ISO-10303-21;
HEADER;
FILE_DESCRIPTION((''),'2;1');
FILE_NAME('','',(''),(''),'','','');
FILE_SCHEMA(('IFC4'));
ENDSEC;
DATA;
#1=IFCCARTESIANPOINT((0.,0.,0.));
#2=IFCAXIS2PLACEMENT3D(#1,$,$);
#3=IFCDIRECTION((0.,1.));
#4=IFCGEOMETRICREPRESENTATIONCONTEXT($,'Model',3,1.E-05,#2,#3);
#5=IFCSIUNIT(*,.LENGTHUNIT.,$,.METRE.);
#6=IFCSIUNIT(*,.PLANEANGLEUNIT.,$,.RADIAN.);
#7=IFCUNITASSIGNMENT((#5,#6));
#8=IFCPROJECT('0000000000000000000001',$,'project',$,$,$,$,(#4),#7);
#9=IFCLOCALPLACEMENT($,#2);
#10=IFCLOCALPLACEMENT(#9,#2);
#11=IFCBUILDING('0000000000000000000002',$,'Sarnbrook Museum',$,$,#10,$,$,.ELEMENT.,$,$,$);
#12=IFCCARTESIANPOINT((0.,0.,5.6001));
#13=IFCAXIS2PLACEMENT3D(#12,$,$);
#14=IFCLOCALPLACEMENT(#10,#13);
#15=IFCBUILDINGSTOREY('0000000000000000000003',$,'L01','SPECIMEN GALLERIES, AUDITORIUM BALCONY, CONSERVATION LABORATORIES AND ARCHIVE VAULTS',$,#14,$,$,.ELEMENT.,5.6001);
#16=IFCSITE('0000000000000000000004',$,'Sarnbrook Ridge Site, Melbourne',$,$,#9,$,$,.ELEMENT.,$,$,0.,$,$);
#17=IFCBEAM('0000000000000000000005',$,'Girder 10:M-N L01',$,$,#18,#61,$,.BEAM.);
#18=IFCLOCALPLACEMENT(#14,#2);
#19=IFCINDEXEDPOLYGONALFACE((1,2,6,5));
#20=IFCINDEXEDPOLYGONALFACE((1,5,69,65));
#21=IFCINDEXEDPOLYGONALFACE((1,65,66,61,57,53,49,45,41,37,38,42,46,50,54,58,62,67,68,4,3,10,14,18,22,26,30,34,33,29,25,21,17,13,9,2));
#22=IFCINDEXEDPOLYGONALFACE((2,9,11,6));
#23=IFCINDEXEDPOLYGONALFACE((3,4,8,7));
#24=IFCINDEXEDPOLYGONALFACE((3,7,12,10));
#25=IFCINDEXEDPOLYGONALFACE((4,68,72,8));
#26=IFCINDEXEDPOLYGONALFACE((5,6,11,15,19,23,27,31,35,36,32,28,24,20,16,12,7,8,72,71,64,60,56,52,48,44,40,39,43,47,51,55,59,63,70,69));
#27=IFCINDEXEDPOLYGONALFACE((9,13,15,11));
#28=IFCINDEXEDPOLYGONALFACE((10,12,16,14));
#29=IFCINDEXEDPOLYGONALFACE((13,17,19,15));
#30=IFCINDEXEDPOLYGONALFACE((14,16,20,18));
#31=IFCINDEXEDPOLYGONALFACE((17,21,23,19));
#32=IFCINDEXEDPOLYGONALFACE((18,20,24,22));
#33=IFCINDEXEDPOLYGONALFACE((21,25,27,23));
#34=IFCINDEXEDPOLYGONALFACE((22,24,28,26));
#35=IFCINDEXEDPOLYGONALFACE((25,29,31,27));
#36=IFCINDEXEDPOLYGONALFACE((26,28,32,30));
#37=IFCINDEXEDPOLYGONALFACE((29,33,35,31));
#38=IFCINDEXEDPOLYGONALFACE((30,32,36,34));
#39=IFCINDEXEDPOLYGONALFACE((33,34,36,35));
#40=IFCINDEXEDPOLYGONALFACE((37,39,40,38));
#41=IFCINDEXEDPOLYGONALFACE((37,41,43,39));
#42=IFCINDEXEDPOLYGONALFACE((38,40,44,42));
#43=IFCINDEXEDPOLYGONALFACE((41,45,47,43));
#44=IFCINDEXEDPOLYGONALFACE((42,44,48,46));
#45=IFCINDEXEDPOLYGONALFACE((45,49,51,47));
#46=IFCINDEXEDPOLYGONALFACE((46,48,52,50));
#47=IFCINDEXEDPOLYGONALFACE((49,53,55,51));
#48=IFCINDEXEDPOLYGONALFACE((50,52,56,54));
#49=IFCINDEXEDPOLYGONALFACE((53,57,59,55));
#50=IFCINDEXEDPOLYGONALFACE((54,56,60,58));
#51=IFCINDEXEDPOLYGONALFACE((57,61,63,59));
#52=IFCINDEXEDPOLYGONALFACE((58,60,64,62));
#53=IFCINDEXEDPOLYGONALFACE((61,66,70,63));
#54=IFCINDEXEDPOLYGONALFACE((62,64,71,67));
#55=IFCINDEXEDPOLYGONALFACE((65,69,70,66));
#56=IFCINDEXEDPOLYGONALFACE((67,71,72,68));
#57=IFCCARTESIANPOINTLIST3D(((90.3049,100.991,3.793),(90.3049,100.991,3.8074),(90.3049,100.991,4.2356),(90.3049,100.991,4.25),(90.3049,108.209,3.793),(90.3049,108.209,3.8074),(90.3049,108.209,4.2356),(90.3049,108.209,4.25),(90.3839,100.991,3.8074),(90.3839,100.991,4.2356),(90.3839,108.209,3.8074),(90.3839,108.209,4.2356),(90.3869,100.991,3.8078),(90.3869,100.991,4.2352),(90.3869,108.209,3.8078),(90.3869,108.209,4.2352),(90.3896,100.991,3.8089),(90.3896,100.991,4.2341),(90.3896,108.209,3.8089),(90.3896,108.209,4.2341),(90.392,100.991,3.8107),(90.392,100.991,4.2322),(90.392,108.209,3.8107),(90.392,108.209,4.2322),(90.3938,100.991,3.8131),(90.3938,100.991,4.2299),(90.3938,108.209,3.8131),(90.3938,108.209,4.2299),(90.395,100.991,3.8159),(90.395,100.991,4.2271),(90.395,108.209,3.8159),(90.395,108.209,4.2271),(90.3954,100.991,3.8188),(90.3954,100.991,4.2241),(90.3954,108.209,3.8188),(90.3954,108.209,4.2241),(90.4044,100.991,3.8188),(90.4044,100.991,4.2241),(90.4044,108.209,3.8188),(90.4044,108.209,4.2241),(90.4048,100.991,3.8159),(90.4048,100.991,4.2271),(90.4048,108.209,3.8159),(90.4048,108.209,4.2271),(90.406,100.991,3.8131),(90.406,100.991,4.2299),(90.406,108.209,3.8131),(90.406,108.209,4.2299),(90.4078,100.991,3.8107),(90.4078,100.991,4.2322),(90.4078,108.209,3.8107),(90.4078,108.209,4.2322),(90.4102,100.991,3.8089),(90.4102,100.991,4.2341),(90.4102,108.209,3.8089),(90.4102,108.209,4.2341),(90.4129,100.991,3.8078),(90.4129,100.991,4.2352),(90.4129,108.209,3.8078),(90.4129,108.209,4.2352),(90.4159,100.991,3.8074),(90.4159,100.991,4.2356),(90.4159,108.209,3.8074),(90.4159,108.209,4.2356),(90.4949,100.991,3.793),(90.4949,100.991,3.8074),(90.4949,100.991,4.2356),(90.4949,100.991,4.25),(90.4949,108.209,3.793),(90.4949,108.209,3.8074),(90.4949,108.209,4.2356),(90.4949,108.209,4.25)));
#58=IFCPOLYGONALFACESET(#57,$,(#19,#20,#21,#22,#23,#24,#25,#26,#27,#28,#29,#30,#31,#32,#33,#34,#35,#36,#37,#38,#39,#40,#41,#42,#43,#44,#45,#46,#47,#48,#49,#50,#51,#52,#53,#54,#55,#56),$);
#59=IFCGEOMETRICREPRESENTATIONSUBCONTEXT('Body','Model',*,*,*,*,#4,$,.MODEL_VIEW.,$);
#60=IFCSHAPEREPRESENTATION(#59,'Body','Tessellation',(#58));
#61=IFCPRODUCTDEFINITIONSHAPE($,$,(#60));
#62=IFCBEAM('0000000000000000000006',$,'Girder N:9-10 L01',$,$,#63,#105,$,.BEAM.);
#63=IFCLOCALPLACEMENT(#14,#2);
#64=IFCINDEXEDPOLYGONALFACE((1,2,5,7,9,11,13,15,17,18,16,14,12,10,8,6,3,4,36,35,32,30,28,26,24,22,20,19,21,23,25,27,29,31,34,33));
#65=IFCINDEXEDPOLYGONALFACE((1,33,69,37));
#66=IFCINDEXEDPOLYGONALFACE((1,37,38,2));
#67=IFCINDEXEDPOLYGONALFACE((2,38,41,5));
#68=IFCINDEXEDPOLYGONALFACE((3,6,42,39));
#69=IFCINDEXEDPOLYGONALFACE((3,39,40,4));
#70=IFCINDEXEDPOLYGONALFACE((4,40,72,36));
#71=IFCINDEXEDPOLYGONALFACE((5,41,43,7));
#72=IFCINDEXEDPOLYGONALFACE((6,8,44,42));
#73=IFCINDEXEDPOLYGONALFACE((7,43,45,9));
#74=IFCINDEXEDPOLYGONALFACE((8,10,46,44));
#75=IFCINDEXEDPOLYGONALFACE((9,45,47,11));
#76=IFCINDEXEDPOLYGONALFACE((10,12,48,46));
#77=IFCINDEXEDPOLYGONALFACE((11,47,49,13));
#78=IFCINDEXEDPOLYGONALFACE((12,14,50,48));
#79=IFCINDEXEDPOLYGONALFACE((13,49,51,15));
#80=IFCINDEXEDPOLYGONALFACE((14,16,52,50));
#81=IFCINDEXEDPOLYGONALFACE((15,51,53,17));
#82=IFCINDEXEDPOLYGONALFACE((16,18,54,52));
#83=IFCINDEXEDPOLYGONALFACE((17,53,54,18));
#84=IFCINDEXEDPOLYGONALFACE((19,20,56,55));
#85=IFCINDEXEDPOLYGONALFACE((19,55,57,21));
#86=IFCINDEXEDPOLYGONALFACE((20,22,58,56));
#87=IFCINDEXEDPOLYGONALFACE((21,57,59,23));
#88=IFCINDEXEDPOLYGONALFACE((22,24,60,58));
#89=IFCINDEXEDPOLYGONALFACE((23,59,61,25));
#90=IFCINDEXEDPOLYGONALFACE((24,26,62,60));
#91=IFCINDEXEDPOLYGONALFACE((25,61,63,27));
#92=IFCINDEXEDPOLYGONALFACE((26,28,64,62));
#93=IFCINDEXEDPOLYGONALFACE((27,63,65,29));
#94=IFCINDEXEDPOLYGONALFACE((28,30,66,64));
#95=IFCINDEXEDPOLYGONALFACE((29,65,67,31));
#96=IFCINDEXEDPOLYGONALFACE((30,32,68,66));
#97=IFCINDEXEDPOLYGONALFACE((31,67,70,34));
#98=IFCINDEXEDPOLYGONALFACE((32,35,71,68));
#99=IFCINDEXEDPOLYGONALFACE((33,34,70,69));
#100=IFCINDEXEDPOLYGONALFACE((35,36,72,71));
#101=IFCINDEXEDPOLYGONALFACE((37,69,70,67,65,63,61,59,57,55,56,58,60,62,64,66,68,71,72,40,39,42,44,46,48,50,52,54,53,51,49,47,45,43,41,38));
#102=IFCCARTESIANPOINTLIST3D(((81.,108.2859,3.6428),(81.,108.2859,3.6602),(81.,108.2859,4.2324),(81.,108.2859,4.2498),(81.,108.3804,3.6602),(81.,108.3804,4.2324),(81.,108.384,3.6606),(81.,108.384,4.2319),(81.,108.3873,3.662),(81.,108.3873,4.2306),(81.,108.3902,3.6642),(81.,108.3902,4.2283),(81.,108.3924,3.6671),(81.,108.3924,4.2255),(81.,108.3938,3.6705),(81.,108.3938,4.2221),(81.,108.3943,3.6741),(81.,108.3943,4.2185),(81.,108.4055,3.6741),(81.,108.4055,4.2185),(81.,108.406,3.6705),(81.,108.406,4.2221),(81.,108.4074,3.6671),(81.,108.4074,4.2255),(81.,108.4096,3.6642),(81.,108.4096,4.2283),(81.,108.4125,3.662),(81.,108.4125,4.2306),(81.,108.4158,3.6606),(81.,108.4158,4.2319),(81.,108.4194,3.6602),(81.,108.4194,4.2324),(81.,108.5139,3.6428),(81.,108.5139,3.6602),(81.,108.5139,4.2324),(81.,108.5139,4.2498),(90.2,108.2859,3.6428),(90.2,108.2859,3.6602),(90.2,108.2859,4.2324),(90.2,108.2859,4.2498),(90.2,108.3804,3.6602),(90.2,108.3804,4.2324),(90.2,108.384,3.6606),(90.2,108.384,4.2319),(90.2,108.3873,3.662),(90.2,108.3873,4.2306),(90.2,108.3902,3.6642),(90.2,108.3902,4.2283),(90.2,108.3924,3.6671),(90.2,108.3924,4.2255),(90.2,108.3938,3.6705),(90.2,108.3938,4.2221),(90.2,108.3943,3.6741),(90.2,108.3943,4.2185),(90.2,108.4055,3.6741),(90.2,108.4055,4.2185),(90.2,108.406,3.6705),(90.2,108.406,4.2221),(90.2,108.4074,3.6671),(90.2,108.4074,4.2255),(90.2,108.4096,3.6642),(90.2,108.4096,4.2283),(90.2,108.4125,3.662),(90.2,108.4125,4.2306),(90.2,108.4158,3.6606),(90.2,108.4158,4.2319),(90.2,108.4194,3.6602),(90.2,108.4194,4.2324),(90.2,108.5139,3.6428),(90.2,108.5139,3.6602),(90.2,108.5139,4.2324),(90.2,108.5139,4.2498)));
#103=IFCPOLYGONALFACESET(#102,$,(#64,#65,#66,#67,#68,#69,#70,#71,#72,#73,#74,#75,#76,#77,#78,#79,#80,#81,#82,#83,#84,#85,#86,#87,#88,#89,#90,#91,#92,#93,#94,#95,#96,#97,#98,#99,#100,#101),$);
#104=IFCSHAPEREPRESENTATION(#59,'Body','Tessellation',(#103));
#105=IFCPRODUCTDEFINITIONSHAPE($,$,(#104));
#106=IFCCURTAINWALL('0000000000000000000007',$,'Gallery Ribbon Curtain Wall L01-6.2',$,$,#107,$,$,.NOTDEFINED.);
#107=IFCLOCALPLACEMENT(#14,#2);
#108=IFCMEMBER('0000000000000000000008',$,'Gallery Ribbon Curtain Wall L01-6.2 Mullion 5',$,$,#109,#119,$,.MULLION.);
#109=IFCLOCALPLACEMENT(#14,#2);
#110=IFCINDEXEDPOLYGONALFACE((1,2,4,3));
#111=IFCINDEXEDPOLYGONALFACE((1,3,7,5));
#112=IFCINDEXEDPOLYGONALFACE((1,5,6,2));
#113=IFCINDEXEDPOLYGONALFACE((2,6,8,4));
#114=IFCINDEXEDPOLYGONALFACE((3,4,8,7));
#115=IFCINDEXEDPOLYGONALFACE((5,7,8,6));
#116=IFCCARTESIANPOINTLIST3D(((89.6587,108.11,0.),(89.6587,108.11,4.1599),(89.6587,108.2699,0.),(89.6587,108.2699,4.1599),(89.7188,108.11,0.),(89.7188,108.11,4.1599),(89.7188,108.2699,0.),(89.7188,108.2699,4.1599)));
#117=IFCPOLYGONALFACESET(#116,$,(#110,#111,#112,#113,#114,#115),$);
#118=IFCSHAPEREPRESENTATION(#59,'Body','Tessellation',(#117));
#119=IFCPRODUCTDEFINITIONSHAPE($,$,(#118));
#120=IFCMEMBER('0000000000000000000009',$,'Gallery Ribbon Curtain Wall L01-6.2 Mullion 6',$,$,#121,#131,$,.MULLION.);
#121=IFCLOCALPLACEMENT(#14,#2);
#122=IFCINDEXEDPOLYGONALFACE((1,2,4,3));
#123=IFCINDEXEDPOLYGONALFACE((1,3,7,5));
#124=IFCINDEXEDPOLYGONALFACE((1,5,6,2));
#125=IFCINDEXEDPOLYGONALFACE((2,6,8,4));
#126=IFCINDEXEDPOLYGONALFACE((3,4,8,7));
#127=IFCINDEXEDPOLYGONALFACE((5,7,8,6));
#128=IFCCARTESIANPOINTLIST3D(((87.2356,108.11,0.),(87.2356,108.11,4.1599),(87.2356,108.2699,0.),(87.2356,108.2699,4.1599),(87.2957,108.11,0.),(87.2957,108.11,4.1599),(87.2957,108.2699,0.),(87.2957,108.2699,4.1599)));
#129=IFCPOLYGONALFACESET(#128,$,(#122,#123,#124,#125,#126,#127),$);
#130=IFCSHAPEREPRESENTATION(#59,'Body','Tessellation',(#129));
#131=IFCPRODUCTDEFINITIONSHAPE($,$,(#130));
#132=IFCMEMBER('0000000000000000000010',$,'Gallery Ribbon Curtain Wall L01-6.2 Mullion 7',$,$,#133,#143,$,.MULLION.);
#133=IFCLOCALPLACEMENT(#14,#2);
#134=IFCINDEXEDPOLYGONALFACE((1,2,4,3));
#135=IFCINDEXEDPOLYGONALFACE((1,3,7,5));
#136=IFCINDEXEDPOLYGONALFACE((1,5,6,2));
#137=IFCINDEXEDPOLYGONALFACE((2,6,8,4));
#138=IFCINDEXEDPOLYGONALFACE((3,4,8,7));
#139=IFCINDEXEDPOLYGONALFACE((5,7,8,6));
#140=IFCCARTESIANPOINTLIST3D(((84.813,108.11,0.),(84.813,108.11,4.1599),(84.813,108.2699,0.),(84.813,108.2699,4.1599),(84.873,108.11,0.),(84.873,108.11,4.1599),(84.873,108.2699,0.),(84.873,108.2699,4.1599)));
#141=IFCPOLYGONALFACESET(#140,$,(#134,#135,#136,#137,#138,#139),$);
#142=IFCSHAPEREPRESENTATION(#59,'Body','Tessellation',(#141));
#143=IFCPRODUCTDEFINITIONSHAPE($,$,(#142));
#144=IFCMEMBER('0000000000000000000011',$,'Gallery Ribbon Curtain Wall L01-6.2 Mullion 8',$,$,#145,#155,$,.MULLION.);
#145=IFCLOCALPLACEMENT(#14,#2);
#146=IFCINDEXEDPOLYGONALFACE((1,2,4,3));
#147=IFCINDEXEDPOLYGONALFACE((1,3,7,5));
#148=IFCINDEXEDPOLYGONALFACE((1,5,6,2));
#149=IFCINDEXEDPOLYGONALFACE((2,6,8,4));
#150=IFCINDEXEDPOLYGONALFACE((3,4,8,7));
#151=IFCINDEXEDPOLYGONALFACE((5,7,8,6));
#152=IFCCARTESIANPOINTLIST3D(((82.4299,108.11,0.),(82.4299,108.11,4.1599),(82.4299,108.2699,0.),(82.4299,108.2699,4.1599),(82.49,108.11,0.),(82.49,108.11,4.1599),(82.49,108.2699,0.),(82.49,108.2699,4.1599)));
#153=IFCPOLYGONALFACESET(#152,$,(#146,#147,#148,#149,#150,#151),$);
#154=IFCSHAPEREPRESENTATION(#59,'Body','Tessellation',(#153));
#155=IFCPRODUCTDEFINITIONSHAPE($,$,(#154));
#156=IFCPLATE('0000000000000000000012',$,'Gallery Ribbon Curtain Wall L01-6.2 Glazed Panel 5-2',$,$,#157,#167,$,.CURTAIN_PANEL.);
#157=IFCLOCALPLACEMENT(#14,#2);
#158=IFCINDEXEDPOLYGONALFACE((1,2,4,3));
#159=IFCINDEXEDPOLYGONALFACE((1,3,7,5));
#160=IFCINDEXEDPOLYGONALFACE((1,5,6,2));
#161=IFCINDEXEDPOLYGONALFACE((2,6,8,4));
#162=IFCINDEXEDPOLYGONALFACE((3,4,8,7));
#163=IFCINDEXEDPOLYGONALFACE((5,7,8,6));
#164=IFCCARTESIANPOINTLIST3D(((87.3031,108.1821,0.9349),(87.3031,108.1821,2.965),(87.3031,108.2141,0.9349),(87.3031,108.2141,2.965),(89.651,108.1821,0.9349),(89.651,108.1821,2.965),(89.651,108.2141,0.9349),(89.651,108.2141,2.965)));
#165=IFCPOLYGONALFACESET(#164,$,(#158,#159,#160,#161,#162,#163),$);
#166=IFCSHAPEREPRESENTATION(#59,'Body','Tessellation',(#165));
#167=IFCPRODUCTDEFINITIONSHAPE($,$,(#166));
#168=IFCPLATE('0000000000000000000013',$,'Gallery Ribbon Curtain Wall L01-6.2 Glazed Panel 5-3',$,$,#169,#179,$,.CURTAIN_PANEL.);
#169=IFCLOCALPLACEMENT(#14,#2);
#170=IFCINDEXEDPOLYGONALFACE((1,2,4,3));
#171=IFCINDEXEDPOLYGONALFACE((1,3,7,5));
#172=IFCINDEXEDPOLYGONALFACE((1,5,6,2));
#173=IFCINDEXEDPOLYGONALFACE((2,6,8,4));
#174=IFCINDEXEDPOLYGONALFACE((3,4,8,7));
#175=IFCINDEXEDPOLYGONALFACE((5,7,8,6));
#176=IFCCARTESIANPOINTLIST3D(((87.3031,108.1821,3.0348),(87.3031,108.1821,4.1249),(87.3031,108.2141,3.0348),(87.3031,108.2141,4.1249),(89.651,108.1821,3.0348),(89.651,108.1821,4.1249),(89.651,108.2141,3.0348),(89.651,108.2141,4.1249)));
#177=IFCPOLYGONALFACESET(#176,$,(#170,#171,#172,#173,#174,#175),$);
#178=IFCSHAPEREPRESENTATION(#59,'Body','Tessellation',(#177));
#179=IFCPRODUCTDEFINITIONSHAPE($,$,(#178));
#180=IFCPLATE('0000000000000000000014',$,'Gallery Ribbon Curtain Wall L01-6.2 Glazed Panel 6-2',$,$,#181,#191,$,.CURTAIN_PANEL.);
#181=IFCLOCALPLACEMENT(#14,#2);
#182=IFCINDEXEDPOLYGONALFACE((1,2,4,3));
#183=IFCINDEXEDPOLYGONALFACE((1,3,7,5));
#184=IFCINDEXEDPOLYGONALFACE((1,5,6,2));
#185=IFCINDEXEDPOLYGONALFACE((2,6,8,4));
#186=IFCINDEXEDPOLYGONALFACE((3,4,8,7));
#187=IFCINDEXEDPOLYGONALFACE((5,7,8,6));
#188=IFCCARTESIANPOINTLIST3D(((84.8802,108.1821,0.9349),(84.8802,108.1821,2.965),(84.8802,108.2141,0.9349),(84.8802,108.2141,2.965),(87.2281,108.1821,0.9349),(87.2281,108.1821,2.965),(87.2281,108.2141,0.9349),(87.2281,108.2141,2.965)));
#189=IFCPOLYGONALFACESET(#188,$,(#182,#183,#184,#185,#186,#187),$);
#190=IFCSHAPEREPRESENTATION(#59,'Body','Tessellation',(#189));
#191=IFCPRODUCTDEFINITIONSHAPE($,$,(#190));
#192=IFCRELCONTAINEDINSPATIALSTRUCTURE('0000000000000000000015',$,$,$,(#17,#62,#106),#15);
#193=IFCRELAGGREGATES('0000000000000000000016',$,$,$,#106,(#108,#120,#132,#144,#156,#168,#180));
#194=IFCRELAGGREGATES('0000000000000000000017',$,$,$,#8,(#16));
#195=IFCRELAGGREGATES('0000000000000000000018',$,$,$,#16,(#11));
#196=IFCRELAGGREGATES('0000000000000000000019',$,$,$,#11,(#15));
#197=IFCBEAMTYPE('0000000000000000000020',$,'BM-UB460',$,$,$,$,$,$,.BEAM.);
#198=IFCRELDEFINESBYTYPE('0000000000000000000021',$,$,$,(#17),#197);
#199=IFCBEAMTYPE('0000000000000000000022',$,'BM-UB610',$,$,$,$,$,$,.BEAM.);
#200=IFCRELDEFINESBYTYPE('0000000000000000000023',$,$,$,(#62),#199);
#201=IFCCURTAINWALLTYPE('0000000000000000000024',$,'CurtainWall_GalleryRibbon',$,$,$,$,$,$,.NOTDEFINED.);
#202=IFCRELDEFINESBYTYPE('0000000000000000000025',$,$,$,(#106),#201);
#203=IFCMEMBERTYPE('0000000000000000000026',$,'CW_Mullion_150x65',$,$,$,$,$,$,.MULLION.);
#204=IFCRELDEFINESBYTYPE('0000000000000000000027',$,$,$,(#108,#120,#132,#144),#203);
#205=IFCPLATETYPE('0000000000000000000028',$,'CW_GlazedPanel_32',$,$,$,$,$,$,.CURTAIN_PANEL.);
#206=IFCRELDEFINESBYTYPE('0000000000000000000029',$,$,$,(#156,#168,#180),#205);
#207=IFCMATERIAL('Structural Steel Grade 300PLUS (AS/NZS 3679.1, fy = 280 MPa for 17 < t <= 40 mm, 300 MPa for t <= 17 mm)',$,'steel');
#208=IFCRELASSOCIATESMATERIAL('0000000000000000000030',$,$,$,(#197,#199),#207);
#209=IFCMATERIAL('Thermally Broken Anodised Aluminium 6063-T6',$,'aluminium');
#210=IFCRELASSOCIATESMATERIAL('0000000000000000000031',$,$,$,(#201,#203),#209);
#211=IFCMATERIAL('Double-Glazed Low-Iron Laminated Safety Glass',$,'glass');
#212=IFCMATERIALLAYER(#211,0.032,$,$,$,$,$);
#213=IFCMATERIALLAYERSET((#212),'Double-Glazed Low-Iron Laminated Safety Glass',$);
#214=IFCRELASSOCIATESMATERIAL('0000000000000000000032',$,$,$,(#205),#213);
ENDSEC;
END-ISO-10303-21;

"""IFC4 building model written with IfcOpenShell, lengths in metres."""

from ifc_helpers import new_model, si_unit, direction, frame, origin, origin_2d, place, context, subcontext, project, spatial, rectangle, i_section, extrude, material, layer, layer_set, material_profile, profile_set, type_object, element, aggregate, save


model = new_model("IFC4")

# Units and contexts
model_context = context("Model", 3, precision=1e-05, world=origin(), true_north=direction((0.0, 1.0)))
body_context = subcontext(model_context, "Body", "Model", "MODEL_VIEW")
ifc_project = project(units=[si_unit("LENGTHUNIT", "METRE"), si_unit("PLANEANGLEUNIT", "RADIAN")], contexts=[model_context])

# Site, building, storey
site_placement = place(None, origin())
site = spatial("IfcSite", under=ifc_project, at=site_placement, Name="Sarnbrook Ridge Site, Melbourne", CompositionType="ELEMENT", RefElevation=0.0)
building_placement = place(site_placement, origin())
building = spatial("IfcBuilding", under=site, at=building_placement, Name="Sarnbrook Museum", CompositionType="ELEMENT")
storey_placement = place(building_placement, frame((0.0, 0.0, 5.6001)))
storey = spatial("IfcBuildingStorey", under=building, at=storey_placement, Name="L01", Description="SPECIMEN GALLERIES, AUDITORIUM BALCONY, CONSERVATION LABORATORIES AND ARCHIVE VAULTS", CompositionType="ELEMENT", Elevation=5.6001)

# Shared definitions
ifc_material_1 = material(Name="Structural Steel Grade 300PLUS (AS/NZS 3679.1, fy = 280 MPa for 17 < t <= 40 mm, 300 MPa for t <= 17 mm)", Category="steel")

# Beams
ifc_material_profile_1 = material_profile(ifc_material_1, i_section(OverallWidth=0.1899, OverallDepth=0.457, WebThickness=0.009, FlangeThickness=0.0144, FilletRadius=0.0115, at=origin_2d()), Name="460UB74.6")
ifc_profile_set_1 = profile_set([ifc_material_profile_1], Name="Structural Steel Grade 300PLUS (AS/NZS 3679.1, fy = 280 MPa for 17 < t <= 40 mm, 300 MPa for t <= 17 mm)")
beam_type_1 = type_object("IfcBeamType", Name="BM-UB460", PredefinedType="BEAM", material=ifc_profile_set_1)
beam_1_placement = place(storey_placement, frame((90.3999, 100.991, 4.0215), z_axis=(0.0, 1.0, 0.0), x_axis=(-1.0, 0.0, 0.0)))
element("IfcBeam", 1, at=beam_1_placement, inside=storey, type_object=beam_type_1, Name="Girder 10:M-N L01", PredefinedType="BEAM", context=body_context, shape_type="SweptSolid", body=[
    extrude(i_section(OverallWidth=0.1899, OverallDepth=0.457, WebThickness=0.009, FlangeThickness=0.0144, FilletRadius=0.0115, at=origin_2d()), origin(), (0.0, 0.0, 1.0), 7.218),
])
ifc_material_profile_2 = material_profile(ifc_material_1, i_section(OverallWidth=0.228, OverallDepth=0.6069, WebThickness=0.0112, FlangeThickness=0.0173, FilletRadius=0.0139, at=origin_2d()), Name="610UB113")
ifc_profile_set_2 = profile_set([ifc_material_profile_2], Name="Structural Steel Grade 300PLUS (AS/NZS 3679.1, fy = 280 MPa for 17 < t <= 40 mm, 300 MPa for t <= 17 mm)")
beam_type_2 = type_object("IfcBeamType", Name="BM-UB610", PredefinedType="BEAM", material=ifc_profile_set_2)
beam_2_placement = place(storey_placement, frame((81.0, 108.3999, 3.9463), z_axis=(1.0, 0.0, 0.0), x_axis=(0.0, 1.0, 0.0)))
element("IfcBeam", 2, at=beam_2_placement, inside=storey, type_object=beam_type_2, Name="Girder N:9-10 L01", PredefinedType="BEAM", context=body_context, shape_type="SweptSolid", body=[
    extrude(i_section(OverallWidth=0.228, OverallDepth=0.6069, WebThickness=0.0112, FlangeThickness=0.0173, FilletRadius=0.0139, at=origin_2d()), origin(), (0.0, 0.0, 1.0), 9.2),
])

# Curtain wall, members, plates
ifc_material_2 = material(Name="Thermally Broken Anodised Aluminium 6063-T6", Category="aluminium")
curtain_wall_type = type_object("IfcCurtainWallType", Name="CurtainWall_GalleryRibbon", PredefinedType="NOTDEFINED", material=ifc_material_2)
curtain_wall_placement = place(storey_placement, origin())
curtain_wall = element("IfcCurtainWall", 3, at=curtain_wall_placement, inside=storey, type_object=curtain_wall_type, Name="Gallery Ribbon Curtain Wall L01-6.2", PredefinedType="NOTDEFINED")
ifc_material_profile_3 = material_profile(ifc_material_2, rectangle(XDim=0.0601, YDim=0.1599, at=origin_2d()), Name="ALU MULLION 60x160")
ifc_profile_set_3 = profile_set([ifc_material_profile_3], Name="Thermally Broken Anodised Aluminium 6063-T6")
member_type = type_object("IfcMemberType", Name="CW_Mullion_150x65", PredefinedType="MULLION", material=ifc_profile_set_3)
member_1_placement = place(storey_placement, frame((89.6887, 108.1899, 0.0), z_axis=(0.0, 0.0, 1.0), x_axis=(1.0, 0.0, 0.0)))
member_1 = element("IfcMember", 4, at=member_1_placement, type_object=member_type, Name="Gallery Ribbon Curtain Wall L01-6.2 Mullion 5", PredefinedType="MULLION", context=body_context, shape_type="SweptSolid", body=[
    extrude(rectangle(XDim=0.0601, YDim=0.1599, at=origin_2d()), origin(), (0.0, 0.0, 1.0), 4.1599),
])
member_2_placement = place(storey_placement, frame((87.2656, 108.1899, 0.0), z_axis=(0.0, 0.0, 1.0), x_axis=(1.0, 0.0, 0.0)))
member_2 = element("IfcMember", 5, at=member_2_placement, type_object=member_type, Name="Gallery Ribbon Curtain Wall L01-6.2 Mullion 6", PredefinedType="MULLION", context=body_context, shape_type="SweptSolid", body=[
    extrude(rectangle(XDim=0.0601, YDim=0.1599, at=origin_2d()), origin(), (0.0, 0.0, 1.0), 4.1599),
])
member_3_placement = place(storey_placement, frame((84.843, 108.1899, 0.0), z_axis=(0.0, 0.0, 1.0), x_axis=(1.0, 0.0, 0.0)))
member_3 = element("IfcMember", 6, at=member_3_placement, type_object=member_type, Name="Gallery Ribbon Curtain Wall L01-6.2 Mullion 7", PredefinedType="MULLION", context=body_context, shape_type="SweptSolid", body=[
    extrude(rectangle(XDim=0.0601, YDim=0.1599, at=origin_2d()), origin(), (0.0, 0.0, 1.0), 4.1599),
])
member_4_placement = place(storey_placement, frame((82.46, 108.1899, 0.0), z_axis=(0.0, 0.0, 1.0), x_axis=(1.0, 0.0, 0.0)))
member_4 = element("IfcMember", 7, at=member_4_placement, type_object=member_type, Name="Gallery Ribbon Curtain Wall L01-6.2 Mullion 8", PredefinedType="MULLION", context=body_context, shape_type="SweptSolid", body=[
    extrude(rectangle(XDim=0.0601, YDim=0.1599, at=origin_2d()), origin(), (0.0, 0.0, 1.0), 4.1599),
])
ifc_material_3 = material(Name="Double-Glazed Low-Iron Laminated Safety Glass", Category="glass")
ifc_layer_1 = layer(ifc_material_3, 0.032)
ifc_layer_set_1 = layer_set([ifc_layer_1], Name="Double-Glazed Low-Iron Laminated Safety Glass")
plate_type_1 = type_object("IfcPlateType", Name="CW_GlazedPanel_32", PredefinedType="CURTAIN_PANEL", material=ifc_layer_set_1)
plate_1_placement = place(storey_placement, frame((88.4771, 108.1821, 1.95), z_axis=(0.0, 1.0, 0.0), x_axis=(-1.0, 0.0, 0.0)))
plate_1 = element("IfcPlate", 8, at=plate_1_placement, type_object=plate_type_1, Name="Gallery Ribbon Curtain Wall L01-6.2 Glazed Panel 5-2", PredefinedType="CURTAIN_PANEL", context=body_context, shape_type="SweptSolid", body=[
    extrude(rectangle(XDim=2.3479, YDim=2.03, at=origin_2d()), origin(), (0.0, 0.0, 1.0), 0.032),
])
plate_2_placement = place(storey_placement, frame((88.4771, 108.1821, 3.5798), z_axis=(0.0, 1.0, 0.0), x_axis=(-1.0, 0.0, 0.0)))
plate_2 = element("IfcPlate", 9, at=plate_2_placement, type_object=plate_type_1, Name="Gallery Ribbon Curtain Wall L01-6.2 Glazed Panel 5-3", PredefinedType="CURTAIN_PANEL", context=body_context, shape_type="SweptSolid", body=[
    extrude(rectangle(XDim=2.3479, YDim=1.0901, at=origin_2d()), origin(), (0.0, 0.0, 1.0), 0.032),
])
plate_3_placement = place(storey_placement, frame((86.0542, 108.1821, 1.95), z_axis=(0.0, 1.0, 0.0), x_axis=(-1.0, 0.0, 0.0)))
plate_3 = element("IfcPlate", 10, at=plate_3_placement, type_object=plate_type_1, Name="Gallery Ribbon Curtain Wall L01-6.2 Glazed Panel 6-2", PredefinedType="CURTAIN_PANEL", context=body_context, shape_type="SweptSolid", body=[
    extrude(rectangle(XDim=2.3479, YDim=2.03, at=origin_2d()), origin(), (0.0, 0.0, 1.0), 0.032),
])
aggregate(curtain_wall, [member_1, member_2, member_3, member_4, plate_1, plate_2, plate_3])

save(model, "model.ifc")
